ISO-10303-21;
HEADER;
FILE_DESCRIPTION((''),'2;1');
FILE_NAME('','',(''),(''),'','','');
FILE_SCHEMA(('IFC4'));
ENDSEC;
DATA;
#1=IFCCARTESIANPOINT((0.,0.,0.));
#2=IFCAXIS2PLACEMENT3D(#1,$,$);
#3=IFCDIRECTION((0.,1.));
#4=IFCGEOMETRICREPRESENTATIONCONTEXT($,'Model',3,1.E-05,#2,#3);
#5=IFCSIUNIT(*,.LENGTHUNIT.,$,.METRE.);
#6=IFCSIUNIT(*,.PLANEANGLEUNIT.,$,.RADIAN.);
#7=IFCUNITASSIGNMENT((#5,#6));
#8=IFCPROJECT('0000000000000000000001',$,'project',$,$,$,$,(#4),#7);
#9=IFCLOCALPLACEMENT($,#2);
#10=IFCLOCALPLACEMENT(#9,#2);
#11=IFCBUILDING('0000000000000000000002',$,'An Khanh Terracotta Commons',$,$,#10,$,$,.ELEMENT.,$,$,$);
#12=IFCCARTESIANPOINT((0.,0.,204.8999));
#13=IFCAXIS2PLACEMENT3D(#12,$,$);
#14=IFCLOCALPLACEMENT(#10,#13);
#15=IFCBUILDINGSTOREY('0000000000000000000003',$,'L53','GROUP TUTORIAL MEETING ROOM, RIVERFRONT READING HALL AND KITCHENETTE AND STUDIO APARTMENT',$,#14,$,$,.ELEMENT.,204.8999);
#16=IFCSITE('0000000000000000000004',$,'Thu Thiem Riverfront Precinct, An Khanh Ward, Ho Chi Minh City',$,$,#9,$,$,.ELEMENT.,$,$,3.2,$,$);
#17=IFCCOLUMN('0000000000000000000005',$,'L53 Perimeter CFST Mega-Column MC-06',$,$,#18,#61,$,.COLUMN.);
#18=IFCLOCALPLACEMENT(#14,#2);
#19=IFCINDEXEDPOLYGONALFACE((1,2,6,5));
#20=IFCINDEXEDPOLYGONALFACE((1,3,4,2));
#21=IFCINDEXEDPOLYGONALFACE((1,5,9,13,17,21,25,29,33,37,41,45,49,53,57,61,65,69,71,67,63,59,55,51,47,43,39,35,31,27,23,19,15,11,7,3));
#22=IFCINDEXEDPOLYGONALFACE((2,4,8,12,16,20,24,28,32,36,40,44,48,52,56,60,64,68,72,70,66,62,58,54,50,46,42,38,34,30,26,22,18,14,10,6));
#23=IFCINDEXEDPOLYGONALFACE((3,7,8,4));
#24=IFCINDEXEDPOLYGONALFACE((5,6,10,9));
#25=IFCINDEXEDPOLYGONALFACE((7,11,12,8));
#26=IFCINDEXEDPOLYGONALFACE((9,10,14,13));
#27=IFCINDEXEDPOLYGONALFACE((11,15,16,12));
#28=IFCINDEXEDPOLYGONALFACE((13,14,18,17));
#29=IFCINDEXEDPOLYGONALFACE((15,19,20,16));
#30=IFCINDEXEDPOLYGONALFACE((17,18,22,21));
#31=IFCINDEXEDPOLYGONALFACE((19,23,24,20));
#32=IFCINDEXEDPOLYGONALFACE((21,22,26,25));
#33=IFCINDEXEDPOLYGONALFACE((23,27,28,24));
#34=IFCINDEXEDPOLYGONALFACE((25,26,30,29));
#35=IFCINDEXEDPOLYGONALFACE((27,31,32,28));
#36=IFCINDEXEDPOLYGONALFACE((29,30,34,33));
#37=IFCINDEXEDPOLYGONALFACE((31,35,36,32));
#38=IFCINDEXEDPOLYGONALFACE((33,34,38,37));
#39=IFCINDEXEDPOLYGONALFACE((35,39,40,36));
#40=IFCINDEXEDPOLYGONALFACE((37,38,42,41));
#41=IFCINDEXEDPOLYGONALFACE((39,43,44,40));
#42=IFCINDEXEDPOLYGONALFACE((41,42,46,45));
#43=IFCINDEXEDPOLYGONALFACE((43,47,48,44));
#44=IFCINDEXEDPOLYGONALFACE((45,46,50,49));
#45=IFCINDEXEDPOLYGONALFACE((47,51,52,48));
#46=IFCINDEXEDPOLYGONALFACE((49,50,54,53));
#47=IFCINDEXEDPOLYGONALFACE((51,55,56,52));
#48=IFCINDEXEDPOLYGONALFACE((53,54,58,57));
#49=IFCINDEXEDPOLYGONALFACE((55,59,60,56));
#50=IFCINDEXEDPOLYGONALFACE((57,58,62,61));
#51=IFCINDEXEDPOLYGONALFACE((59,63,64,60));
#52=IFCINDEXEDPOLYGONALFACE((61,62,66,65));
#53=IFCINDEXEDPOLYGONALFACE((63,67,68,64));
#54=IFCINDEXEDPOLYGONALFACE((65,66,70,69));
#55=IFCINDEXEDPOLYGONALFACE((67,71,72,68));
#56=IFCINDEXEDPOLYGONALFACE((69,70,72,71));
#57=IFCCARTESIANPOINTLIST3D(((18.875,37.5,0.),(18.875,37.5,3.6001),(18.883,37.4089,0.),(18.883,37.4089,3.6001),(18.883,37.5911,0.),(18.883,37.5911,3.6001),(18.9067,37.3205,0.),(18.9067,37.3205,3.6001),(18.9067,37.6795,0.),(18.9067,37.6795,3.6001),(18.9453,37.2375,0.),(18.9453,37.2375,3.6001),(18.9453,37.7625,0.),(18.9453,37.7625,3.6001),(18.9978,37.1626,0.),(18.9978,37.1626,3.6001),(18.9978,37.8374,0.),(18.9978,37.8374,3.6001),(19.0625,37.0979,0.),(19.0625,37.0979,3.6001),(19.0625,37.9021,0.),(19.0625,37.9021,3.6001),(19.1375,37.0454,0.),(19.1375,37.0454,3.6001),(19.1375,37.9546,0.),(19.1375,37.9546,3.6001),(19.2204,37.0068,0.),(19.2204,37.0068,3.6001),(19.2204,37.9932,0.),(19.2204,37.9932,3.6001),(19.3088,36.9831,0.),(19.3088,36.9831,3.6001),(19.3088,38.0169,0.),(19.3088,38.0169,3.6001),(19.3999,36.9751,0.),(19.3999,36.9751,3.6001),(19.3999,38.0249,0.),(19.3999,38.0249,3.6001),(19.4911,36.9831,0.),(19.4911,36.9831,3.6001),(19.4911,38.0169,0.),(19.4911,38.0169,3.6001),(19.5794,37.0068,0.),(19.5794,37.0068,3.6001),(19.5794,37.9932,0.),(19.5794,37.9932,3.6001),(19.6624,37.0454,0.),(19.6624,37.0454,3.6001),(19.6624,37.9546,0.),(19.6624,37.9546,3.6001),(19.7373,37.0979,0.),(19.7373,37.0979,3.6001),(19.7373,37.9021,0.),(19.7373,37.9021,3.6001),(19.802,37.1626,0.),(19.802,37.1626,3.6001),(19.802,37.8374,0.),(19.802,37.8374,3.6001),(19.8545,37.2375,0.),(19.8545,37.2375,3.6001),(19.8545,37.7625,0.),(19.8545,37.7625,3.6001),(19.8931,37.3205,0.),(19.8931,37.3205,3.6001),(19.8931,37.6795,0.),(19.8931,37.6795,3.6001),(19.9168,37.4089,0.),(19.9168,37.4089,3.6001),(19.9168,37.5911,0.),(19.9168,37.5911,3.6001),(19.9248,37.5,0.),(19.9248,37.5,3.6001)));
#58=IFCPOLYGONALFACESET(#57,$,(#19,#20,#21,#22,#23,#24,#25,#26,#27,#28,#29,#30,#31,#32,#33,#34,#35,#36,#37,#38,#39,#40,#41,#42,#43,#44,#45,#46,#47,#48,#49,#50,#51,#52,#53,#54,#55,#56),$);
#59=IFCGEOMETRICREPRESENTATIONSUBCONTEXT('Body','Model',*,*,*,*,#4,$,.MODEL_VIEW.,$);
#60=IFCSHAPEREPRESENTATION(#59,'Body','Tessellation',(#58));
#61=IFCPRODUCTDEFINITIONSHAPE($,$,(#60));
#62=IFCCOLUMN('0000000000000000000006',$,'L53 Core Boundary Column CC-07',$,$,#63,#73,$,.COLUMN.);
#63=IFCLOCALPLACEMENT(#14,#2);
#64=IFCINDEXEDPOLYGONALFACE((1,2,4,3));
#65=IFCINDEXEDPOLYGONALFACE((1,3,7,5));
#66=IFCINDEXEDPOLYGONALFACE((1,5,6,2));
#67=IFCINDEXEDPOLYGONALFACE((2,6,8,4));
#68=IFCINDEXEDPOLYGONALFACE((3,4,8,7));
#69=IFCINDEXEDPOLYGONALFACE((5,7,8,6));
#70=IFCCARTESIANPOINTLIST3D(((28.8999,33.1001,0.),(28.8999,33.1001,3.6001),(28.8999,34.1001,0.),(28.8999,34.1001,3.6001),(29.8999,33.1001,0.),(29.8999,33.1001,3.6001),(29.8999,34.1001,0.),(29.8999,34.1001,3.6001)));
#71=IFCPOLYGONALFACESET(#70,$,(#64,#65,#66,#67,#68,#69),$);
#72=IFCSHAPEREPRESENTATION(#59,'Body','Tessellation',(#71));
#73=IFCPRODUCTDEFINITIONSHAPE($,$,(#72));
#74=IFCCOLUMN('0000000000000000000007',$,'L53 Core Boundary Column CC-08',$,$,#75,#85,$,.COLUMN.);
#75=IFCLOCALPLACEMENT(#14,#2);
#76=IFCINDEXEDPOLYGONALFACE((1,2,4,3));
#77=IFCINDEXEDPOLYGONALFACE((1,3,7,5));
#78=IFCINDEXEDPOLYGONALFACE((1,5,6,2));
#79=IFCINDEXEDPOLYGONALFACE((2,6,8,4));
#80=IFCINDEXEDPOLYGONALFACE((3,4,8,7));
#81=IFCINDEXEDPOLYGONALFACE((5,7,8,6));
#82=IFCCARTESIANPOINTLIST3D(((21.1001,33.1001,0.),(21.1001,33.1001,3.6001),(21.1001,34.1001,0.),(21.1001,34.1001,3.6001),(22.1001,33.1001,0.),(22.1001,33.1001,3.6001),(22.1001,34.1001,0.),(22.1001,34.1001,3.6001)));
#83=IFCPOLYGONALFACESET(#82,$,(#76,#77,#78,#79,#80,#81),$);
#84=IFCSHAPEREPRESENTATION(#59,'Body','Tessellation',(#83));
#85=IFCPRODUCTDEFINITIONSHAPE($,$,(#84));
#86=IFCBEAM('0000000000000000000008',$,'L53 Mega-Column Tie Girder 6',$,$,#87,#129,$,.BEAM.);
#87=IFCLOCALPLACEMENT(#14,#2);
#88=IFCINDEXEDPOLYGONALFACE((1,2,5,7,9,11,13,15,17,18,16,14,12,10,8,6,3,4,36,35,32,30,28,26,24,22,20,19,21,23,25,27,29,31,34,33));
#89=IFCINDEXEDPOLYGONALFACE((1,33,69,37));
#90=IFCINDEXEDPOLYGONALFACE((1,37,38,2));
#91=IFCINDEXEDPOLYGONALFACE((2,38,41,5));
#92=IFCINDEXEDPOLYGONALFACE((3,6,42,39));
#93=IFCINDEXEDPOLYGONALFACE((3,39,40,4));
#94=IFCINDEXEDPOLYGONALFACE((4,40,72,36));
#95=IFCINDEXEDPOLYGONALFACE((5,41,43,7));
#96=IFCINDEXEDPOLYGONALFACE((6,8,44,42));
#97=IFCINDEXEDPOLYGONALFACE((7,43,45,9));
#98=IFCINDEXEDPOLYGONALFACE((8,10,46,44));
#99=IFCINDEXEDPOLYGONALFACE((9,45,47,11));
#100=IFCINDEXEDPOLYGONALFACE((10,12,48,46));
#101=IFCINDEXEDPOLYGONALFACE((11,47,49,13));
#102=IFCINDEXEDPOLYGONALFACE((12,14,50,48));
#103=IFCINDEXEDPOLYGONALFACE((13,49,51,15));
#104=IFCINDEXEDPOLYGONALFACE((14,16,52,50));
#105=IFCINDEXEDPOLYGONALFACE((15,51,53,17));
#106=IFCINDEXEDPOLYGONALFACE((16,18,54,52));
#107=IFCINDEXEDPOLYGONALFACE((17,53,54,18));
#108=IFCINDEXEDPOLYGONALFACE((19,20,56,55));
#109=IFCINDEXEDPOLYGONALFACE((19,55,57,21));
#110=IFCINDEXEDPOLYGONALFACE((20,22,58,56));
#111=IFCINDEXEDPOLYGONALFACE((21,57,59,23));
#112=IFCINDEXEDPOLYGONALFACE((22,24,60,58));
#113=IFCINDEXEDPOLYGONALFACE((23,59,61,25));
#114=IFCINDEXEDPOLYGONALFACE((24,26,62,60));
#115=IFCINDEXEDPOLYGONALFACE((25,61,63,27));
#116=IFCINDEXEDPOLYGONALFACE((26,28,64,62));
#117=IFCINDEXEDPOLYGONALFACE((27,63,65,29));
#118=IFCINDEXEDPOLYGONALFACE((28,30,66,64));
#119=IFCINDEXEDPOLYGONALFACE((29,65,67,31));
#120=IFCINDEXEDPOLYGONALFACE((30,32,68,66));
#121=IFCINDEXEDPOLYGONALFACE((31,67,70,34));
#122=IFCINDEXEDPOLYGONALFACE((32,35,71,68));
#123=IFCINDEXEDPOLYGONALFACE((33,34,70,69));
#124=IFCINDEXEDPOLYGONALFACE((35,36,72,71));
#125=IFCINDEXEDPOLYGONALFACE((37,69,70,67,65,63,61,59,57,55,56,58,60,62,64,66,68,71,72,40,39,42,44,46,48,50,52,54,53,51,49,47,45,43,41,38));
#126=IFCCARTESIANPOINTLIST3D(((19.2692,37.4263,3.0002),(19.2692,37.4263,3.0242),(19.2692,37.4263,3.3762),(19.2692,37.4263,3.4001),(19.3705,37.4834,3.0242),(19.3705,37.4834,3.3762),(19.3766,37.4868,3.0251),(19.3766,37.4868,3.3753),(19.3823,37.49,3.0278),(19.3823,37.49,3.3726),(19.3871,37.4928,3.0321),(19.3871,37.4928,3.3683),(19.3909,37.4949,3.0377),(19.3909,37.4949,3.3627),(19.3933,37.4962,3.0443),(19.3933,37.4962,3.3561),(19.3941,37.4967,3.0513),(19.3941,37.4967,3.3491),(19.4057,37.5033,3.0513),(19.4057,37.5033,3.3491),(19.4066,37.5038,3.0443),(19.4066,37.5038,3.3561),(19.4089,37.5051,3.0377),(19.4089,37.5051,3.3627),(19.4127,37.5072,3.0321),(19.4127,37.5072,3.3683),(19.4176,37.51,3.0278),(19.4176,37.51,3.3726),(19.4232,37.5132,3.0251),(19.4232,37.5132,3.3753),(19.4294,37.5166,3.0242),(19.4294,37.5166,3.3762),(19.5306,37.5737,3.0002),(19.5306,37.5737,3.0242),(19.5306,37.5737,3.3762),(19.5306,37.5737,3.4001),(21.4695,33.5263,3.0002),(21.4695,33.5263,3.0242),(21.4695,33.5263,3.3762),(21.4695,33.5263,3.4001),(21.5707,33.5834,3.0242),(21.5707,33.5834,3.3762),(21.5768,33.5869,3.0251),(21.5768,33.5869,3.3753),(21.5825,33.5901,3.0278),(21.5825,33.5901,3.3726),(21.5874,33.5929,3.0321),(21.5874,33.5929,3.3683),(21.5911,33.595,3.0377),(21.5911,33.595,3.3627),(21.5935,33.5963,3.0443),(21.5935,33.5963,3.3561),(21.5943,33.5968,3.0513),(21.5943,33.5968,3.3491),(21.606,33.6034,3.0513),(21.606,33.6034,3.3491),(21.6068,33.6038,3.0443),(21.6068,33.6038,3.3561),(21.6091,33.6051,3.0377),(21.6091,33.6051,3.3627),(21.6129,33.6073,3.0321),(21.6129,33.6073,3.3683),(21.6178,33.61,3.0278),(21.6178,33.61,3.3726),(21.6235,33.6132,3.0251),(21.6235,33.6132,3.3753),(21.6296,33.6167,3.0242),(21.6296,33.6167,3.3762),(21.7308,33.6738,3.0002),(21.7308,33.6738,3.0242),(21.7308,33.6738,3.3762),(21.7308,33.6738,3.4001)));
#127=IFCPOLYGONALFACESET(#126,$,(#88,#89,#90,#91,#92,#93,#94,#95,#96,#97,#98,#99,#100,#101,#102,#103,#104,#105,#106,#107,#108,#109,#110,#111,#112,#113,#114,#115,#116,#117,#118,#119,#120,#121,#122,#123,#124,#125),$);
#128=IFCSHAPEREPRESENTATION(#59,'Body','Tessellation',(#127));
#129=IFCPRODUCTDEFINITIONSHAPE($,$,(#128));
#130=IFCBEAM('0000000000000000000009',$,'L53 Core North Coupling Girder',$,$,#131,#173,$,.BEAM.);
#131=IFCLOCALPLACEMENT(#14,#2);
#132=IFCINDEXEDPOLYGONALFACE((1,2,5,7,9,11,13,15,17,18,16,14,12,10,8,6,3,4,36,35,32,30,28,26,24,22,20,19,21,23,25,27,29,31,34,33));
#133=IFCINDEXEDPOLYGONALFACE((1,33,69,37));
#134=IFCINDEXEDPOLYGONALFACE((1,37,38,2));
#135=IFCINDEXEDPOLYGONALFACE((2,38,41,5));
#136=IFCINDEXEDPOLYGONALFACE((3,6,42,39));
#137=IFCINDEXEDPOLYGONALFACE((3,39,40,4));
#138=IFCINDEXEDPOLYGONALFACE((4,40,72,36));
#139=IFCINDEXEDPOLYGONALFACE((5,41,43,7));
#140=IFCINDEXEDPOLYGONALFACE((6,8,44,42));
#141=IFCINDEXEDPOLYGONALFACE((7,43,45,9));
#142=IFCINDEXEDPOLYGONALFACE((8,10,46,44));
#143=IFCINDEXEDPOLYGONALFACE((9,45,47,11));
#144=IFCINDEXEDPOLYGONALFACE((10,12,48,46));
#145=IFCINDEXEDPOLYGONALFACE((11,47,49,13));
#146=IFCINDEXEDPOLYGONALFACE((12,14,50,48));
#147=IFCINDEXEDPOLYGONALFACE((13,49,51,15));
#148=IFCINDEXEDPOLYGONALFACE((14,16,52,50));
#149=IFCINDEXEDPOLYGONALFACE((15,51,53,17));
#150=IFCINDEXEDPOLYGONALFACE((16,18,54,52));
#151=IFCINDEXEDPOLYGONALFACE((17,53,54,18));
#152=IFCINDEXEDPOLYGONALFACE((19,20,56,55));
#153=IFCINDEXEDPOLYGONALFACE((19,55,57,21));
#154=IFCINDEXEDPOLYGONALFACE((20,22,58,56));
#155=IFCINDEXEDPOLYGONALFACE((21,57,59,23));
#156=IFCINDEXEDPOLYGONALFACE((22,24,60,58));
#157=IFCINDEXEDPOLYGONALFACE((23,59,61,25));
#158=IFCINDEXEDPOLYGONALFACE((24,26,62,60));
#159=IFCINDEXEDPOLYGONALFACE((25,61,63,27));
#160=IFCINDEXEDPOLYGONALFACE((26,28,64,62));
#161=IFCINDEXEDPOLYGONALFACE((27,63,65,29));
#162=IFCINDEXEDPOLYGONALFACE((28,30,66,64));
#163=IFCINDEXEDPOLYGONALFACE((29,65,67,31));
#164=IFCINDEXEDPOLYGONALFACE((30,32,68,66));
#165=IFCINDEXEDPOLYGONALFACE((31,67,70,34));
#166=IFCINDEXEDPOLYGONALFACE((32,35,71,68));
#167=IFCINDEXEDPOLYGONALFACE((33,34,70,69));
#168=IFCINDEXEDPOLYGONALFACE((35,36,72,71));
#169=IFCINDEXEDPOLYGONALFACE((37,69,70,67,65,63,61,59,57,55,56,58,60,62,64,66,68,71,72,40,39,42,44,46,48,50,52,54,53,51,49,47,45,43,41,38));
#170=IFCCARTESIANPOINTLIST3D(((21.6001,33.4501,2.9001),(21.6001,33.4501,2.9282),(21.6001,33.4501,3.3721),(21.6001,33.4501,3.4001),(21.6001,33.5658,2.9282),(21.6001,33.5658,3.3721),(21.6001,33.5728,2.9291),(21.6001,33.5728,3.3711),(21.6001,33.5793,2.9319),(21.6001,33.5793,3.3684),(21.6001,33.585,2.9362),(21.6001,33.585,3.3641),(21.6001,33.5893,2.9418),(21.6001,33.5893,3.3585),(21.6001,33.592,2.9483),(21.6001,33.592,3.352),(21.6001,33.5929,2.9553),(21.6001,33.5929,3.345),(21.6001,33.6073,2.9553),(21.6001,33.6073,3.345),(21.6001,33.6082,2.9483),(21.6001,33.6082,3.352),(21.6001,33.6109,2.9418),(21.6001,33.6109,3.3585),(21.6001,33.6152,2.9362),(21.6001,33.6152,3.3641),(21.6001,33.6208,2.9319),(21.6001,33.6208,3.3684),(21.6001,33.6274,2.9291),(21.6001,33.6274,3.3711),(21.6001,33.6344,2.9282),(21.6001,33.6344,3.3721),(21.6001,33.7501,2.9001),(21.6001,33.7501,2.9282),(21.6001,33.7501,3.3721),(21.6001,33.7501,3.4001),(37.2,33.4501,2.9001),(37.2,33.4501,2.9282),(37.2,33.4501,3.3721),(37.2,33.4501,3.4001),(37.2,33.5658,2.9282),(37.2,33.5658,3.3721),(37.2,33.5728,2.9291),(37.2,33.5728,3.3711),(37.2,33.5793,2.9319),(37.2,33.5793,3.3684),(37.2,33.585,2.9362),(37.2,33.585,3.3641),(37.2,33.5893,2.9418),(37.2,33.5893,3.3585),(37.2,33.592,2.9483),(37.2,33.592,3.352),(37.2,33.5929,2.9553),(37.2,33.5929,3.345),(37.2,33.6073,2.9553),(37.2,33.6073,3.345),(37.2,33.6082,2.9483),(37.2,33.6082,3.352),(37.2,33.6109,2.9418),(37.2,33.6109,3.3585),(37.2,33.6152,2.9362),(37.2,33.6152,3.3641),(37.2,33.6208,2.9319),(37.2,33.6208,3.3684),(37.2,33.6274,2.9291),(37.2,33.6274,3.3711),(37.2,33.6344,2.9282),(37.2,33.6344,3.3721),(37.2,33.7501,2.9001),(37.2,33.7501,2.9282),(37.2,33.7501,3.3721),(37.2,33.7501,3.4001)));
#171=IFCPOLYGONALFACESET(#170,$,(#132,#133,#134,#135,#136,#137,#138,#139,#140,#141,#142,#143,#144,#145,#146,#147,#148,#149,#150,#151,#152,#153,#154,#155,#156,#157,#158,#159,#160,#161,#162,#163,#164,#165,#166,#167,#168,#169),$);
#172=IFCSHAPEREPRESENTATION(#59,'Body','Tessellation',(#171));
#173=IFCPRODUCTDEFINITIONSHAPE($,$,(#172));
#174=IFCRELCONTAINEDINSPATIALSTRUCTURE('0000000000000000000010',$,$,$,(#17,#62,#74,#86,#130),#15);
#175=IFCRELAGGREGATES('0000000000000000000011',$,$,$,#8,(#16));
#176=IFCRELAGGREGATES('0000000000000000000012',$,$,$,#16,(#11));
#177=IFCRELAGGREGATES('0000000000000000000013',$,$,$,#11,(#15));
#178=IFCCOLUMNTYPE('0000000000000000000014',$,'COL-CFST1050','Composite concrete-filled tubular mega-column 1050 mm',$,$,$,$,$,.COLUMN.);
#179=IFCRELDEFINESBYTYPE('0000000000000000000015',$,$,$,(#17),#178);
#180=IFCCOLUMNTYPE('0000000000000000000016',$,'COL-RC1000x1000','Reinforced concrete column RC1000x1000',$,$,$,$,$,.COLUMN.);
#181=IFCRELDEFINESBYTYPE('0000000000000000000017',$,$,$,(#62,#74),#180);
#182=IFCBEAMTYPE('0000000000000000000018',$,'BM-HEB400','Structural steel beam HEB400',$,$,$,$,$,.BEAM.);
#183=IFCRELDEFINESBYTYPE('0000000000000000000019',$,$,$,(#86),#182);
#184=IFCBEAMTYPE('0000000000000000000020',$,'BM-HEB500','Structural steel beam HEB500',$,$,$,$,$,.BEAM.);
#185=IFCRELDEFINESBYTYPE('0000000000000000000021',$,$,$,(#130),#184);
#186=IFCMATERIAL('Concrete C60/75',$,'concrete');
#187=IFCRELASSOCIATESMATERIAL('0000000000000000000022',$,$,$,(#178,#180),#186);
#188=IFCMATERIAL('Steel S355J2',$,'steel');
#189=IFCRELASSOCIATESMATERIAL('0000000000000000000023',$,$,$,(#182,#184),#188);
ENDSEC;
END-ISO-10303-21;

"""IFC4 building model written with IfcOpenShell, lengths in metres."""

from ifc_helpers import new_model, si_unit, direction, frame, origin, origin_2d, place, context, subcontext, project, spatial, rectangle, circle, i_section, extrude, material, material_profile, profile_set, type_object, element, save


model = new_model("IFC4")

# Units and contexts
model_context = context("Model", 3, precision=1e-05, world=origin(), true_north=direction((0.0, 1.0)))
body_context = subcontext(model_context, "Body", "Model", "MODEL_VIEW")
ifc_project = project(units=[si_unit("LENGTHUNIT", "METRE"), si_unit("PLANEANGLEUNIT", "RADIAN")], contexts=[model_context])

# Site, building, storey
site_placement = place(None, origin())
site = spatial("IfcSite", under=ifc_project, at=site_placement, Name="Thu Thiem Riverfront Precinct, An Khanh Ward, Ho Chi Minh City", CompositionType="ELEMENT", RefElevation=3.2)
building_placement = place(site_placement, origin())
building = spatial("IfcBuilding", under=site, at=building_placement, Name="An Khanh Terracotta Commons", CompositionType="ELEMENT")
storey_placement = place(building_placement, frame((0.0, 0.0, 204.8999)))
storey = spatial("IfcBuildingStorey", under=building, at=storey_placement, Name="L53", Description="GROUP TUTORIAL MEETING ROOM, RIVERFRONT READING HALL AND KITCHENETTE AND STUDIO APARTMENT", CompositionType="ELEMENT", Elevation=204.8999)

# Columns
ifc_material_1 = material(Name="Concrete C60/75", Category="concrete")
ifc_material_profile_1 = material_profile(ifc_material_1, circle(Radius=0.5249, at=origin_2d()), Name="CFST1050")
ifc_profile_set_1 = profile_set([ifc_material_profile_1], Name="Concrete C60/75")
column_type_1 = type_object("IfcColumnType", Name="COL-CFST1050", Description="Composite concrete-filled tubular mega-column 1050 mm", PredefinedType="COLUMN", material=ifc_profile_set_1)
column_placement = place(storey_placement, frame((19.3999, 37.5, 0.0), z_axis=(0.0, 0.0, 1.0), x_axis=(1.0, 0.0, 0.0)))
element("IfcColumn", 1, at=column_placement, inside=storey, type_object=column_type_1, Name="L53 Perimeter CFST Mega-Column MC-06", PredefinedType="COLUMN", context=body_context, shape_type="SweptSolid", body=[
    extrude(circle(Radius=0.5249, at=origin_2d()), origin(), (0.0, 0.0, 1.0), 3.6001),
])
ifc_material_profile_2 = material_profile(ifc_material_1, rectangle(XDim=1.0, YDim=1.0, at=origin_2d()), Name="RC1000x1000")
ifc_profile_set_2 = profile_set([ifc_material_profile_2], Name="Concrete C60/75")
column_type_2 = type_object("IfcColumnType", Name="COL-RC1000x1000", Description="Reinforced concrete column RC1000x1000", PredefinedType="COLUMN", material=ifc_profile_set_2)
for number, where, z_axis, x_axis, name in (
    (2, (29.3999, 33.6001, 0.0), (0.0, 0.0, 1.0), (1.0, 0.0, 0.0), "L53 Core Boundary Column CC-07"),
    (3, (21.6001, 33.6001, 0.0), (0.0, 0.0, 1.0), (1.0, 0.0, 0.0), "L53 Core Boundary Column CC-08"),
):
    element("IfcColumn", number, at=place(storey_placement, frame(where, z_axis=z_axis, x_axis=x_axis)), inside=storey, type_object=column_type_2, Name=name, PredefinedType="COLUMN", context=body_context, shape_type="SweptSolid", body=[
        extrude(rectangle(XDim=1.0, YDim=1.0, at=origin_2d()), origin(), (0.0, 0.0, 1.0), 3.6001),
    ])

# Beams
ifc_material_2 = material(Name="Steel S355J2", Category="steel")
ifc_material_profile_3 = material_profile(ifc_material_2, i_section(OverallWidth=0.3, OverallDepth=0.3999, WebThickness=0.0134, FlangeThickness=0.0239, FilletRadius=0.0271, at=origin_2d()), Name="HEB400")
ifc_profile_set_3 = profile_set([ifc_material_profile_3], Name="Steel S355J2")
beam_type_1 = type_object("IfcBeamType", Name="BM-HEB400", Description="Structural steel beam HEB400", PredefinedType="BEAM", material=ifc_profile_set_3)
beam_1_placement = place(storey_placement, frame((19.3999, 37.5, 3.2002), z_axis=(0.491364, -0.870955, 0.0), x_axis=(0.870955, 0.491364, 0.0)))
element("IfcBeam", 4, at=beam_1_placement, inside=storey, type_object=beam_type_1, Name="L53 Mega-Column Tie Girder 6", PredefinedType="BEAM", context=body_context, shape_type="SweptSolid", body=[
    extrude(i_section(OverallWidth=0.3, OverallDepth=0.3999, WebThickness=0.0134, FlangeThickness=0.0239, FilletRadius=0.0271, at=origin_2d()), origin(), (0.0, 0.0, 1.0), 4.4778),
])
ifc_material_profile_4 = material_profile(ifc_material_2, i_section(OverallWidth=0.3, OverallDepth=0.5, WebThickness=0.0144, FlangeThickness=0.0281, FilletRadius=0.0271, at=origin_2d()), Name="HEB500")
ifc_profile_set_4 = profile_set([ifc_material_profile_4], Name="Steel S355J2")
beam_type_2 = type_object("IfcBeamType", Name="BM-HEB500", Description="Structural steel beam HEB500", PredefinedType="BEAM", material=ifc_profile_set_4)
beam_2_placement = place(storey_placement, frame((21.6001, 33.6001, 3.1501), z_axis=(1.0, 0.0, 0.0), x_axis=(0.0, 1.0, 0.0)))
element("IfcBeam", 5, at=beam_2_placement, inside=storey, type_object=beam_type_2, Name="L53 Core North Coupling Girder", PredefinedType="BEAM", context=body_context, shape_type="SweptSolid", body=[
    extrude(i_section(OverallWidth=0.3, OverallDepth=0.5, WebThickness=0.0144, FlangeThickness=0.0281, FilletRadius=0.0271, at=origin_2d()), origin(), (0.0, 0.0, 1.0), 15.5999),
])

save(model, "model.ifc")
